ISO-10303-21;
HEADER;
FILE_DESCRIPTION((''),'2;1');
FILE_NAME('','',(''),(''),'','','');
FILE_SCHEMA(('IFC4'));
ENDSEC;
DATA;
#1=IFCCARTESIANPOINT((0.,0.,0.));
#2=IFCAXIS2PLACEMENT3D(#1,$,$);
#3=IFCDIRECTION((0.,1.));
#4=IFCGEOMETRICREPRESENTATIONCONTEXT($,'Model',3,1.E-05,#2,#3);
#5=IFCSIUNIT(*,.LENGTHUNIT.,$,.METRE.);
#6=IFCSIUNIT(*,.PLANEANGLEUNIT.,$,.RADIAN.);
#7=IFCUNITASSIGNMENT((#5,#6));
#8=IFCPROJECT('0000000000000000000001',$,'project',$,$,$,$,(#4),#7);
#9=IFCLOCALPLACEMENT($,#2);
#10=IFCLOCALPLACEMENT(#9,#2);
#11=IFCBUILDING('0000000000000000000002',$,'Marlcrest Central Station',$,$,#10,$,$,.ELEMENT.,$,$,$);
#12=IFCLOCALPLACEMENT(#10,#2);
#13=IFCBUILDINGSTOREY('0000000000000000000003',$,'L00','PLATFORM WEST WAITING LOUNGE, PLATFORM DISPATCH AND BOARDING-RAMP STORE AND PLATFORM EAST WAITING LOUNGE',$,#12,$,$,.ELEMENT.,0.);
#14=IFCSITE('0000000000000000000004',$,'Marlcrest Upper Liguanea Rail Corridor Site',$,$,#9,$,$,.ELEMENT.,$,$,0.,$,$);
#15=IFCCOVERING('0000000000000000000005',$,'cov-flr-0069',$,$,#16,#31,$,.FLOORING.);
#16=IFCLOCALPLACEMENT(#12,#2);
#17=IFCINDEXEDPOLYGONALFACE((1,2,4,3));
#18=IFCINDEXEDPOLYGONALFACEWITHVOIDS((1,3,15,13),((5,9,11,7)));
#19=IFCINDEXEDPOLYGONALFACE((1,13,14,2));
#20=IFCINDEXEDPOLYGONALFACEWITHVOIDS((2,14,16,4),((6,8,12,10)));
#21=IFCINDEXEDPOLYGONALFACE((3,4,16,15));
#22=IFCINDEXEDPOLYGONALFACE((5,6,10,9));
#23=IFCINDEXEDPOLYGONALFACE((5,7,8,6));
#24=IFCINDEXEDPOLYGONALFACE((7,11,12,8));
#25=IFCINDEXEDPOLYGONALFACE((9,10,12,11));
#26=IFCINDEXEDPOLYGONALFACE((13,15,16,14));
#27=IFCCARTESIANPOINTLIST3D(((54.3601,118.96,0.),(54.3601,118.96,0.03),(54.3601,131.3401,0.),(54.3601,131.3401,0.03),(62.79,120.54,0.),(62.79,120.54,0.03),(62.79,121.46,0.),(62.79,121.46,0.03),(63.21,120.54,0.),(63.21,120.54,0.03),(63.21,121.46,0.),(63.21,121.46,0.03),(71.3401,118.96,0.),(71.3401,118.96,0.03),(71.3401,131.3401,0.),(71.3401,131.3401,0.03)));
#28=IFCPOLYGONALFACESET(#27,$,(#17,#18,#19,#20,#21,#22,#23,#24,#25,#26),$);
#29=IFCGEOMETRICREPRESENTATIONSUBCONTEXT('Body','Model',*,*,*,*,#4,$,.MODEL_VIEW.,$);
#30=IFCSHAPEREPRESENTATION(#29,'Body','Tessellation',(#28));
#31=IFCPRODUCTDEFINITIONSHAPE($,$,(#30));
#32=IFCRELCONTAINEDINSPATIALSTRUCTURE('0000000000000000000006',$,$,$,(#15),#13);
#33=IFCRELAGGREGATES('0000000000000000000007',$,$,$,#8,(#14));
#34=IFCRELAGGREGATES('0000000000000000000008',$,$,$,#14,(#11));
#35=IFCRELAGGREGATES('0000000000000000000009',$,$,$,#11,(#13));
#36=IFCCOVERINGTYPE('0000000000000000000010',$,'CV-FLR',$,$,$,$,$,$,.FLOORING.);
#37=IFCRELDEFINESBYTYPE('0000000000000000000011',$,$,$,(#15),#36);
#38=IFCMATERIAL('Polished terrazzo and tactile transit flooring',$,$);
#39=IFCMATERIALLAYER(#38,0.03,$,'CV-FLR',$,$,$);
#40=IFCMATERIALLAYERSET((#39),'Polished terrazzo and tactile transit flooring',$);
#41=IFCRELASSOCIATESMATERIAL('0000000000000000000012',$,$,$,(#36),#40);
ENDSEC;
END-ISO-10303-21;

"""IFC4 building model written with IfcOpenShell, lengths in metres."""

from ifc_helpers import new_model, si_unit, direction, origin, place, context, subcontext, project, spatial, polyline, outline, extrude, material, layer, layer_set, type_object, element, save


model = new_model("IFC4")

# Units and contexts
model_context = context("Model", 3, precision=1e-05, world=origin(), true_north=direction((0.0, 1.0)))
body_context = subcontext(model_context, "Body", "Model", "MODEL_VIEW")
ifc_project = project(units=[si_unit("LENGTHUNIT", "METRE"), si_unit("PLANEANGLEUNIT", "RADIAN")], contexts=[model_context])

# Site, building, storey
site_placement = place(None, origin())
site = spatial("IfcSite", under=ifc_project, at=site_placement, Name="Marlcrest Upper Liguanea Rail Corridor Site", CompositionType="ELEMENT", RefElevation=0.0)
building_placement = place(site_placement, origin())
building = spatial("IfcBuilding", under=site, at=building_placement, Name="Marlcrest Central Station", CompositionType="ELEMENT")
storey_placement = place(building_placement, origin())
storey = spatial("IfcBuildingStorey", under=building, at=storey_placement, Name="L00", Description="PLATFORM WEST WAITING LOUNGE, PLATFORM DISPATCH AND BOARDING-RAMP STORE AND PLATFORM EAST WAITING LOUNGE", CompositionType="ELEMENT", Elevation=0.0)

# Covering
ifc_material_1 = material(Name="Polished terrazzo and tactile transit flooring")
ifc_layer_1 = layer(ifc_material_1, 0.03, Name="CV-FLR")
ifc_layer_set_1 = layer_set([ifc_layer_1], Name="Polished terrazzo and tactile transit flooring")
covering_type_1 = type_object("IfcCoveringType", Name="CV-FLR", PredefinedType="FLOORING", material=ifc_layer_set_1)
covering_1_placement = place(storey_placement, origin())
element("IfcCovering", 1, at=covering_1_placement, inside=storey, type_object=covering_type_1, Name="cov-flr-0069", PredefinedType="FLOORING", context=body_context, shape_type="SweptSolid", body=[
    extrude(outline(polyline([(54.3601, 118.96), (54.3601, 131.3401), (71.3401, 131.3401), (71.3401, 118.96), (54.3601, 118.96)]), holes=[polyline([(63.21, 121.46), (62.79, 121.46), (62.79, 120.54), (63.21, 120.54), (63.21, 121.46)])]), origin(), (0.0, 0.0, 1.0), 0.03),
])

save(model, "model.ifc")
